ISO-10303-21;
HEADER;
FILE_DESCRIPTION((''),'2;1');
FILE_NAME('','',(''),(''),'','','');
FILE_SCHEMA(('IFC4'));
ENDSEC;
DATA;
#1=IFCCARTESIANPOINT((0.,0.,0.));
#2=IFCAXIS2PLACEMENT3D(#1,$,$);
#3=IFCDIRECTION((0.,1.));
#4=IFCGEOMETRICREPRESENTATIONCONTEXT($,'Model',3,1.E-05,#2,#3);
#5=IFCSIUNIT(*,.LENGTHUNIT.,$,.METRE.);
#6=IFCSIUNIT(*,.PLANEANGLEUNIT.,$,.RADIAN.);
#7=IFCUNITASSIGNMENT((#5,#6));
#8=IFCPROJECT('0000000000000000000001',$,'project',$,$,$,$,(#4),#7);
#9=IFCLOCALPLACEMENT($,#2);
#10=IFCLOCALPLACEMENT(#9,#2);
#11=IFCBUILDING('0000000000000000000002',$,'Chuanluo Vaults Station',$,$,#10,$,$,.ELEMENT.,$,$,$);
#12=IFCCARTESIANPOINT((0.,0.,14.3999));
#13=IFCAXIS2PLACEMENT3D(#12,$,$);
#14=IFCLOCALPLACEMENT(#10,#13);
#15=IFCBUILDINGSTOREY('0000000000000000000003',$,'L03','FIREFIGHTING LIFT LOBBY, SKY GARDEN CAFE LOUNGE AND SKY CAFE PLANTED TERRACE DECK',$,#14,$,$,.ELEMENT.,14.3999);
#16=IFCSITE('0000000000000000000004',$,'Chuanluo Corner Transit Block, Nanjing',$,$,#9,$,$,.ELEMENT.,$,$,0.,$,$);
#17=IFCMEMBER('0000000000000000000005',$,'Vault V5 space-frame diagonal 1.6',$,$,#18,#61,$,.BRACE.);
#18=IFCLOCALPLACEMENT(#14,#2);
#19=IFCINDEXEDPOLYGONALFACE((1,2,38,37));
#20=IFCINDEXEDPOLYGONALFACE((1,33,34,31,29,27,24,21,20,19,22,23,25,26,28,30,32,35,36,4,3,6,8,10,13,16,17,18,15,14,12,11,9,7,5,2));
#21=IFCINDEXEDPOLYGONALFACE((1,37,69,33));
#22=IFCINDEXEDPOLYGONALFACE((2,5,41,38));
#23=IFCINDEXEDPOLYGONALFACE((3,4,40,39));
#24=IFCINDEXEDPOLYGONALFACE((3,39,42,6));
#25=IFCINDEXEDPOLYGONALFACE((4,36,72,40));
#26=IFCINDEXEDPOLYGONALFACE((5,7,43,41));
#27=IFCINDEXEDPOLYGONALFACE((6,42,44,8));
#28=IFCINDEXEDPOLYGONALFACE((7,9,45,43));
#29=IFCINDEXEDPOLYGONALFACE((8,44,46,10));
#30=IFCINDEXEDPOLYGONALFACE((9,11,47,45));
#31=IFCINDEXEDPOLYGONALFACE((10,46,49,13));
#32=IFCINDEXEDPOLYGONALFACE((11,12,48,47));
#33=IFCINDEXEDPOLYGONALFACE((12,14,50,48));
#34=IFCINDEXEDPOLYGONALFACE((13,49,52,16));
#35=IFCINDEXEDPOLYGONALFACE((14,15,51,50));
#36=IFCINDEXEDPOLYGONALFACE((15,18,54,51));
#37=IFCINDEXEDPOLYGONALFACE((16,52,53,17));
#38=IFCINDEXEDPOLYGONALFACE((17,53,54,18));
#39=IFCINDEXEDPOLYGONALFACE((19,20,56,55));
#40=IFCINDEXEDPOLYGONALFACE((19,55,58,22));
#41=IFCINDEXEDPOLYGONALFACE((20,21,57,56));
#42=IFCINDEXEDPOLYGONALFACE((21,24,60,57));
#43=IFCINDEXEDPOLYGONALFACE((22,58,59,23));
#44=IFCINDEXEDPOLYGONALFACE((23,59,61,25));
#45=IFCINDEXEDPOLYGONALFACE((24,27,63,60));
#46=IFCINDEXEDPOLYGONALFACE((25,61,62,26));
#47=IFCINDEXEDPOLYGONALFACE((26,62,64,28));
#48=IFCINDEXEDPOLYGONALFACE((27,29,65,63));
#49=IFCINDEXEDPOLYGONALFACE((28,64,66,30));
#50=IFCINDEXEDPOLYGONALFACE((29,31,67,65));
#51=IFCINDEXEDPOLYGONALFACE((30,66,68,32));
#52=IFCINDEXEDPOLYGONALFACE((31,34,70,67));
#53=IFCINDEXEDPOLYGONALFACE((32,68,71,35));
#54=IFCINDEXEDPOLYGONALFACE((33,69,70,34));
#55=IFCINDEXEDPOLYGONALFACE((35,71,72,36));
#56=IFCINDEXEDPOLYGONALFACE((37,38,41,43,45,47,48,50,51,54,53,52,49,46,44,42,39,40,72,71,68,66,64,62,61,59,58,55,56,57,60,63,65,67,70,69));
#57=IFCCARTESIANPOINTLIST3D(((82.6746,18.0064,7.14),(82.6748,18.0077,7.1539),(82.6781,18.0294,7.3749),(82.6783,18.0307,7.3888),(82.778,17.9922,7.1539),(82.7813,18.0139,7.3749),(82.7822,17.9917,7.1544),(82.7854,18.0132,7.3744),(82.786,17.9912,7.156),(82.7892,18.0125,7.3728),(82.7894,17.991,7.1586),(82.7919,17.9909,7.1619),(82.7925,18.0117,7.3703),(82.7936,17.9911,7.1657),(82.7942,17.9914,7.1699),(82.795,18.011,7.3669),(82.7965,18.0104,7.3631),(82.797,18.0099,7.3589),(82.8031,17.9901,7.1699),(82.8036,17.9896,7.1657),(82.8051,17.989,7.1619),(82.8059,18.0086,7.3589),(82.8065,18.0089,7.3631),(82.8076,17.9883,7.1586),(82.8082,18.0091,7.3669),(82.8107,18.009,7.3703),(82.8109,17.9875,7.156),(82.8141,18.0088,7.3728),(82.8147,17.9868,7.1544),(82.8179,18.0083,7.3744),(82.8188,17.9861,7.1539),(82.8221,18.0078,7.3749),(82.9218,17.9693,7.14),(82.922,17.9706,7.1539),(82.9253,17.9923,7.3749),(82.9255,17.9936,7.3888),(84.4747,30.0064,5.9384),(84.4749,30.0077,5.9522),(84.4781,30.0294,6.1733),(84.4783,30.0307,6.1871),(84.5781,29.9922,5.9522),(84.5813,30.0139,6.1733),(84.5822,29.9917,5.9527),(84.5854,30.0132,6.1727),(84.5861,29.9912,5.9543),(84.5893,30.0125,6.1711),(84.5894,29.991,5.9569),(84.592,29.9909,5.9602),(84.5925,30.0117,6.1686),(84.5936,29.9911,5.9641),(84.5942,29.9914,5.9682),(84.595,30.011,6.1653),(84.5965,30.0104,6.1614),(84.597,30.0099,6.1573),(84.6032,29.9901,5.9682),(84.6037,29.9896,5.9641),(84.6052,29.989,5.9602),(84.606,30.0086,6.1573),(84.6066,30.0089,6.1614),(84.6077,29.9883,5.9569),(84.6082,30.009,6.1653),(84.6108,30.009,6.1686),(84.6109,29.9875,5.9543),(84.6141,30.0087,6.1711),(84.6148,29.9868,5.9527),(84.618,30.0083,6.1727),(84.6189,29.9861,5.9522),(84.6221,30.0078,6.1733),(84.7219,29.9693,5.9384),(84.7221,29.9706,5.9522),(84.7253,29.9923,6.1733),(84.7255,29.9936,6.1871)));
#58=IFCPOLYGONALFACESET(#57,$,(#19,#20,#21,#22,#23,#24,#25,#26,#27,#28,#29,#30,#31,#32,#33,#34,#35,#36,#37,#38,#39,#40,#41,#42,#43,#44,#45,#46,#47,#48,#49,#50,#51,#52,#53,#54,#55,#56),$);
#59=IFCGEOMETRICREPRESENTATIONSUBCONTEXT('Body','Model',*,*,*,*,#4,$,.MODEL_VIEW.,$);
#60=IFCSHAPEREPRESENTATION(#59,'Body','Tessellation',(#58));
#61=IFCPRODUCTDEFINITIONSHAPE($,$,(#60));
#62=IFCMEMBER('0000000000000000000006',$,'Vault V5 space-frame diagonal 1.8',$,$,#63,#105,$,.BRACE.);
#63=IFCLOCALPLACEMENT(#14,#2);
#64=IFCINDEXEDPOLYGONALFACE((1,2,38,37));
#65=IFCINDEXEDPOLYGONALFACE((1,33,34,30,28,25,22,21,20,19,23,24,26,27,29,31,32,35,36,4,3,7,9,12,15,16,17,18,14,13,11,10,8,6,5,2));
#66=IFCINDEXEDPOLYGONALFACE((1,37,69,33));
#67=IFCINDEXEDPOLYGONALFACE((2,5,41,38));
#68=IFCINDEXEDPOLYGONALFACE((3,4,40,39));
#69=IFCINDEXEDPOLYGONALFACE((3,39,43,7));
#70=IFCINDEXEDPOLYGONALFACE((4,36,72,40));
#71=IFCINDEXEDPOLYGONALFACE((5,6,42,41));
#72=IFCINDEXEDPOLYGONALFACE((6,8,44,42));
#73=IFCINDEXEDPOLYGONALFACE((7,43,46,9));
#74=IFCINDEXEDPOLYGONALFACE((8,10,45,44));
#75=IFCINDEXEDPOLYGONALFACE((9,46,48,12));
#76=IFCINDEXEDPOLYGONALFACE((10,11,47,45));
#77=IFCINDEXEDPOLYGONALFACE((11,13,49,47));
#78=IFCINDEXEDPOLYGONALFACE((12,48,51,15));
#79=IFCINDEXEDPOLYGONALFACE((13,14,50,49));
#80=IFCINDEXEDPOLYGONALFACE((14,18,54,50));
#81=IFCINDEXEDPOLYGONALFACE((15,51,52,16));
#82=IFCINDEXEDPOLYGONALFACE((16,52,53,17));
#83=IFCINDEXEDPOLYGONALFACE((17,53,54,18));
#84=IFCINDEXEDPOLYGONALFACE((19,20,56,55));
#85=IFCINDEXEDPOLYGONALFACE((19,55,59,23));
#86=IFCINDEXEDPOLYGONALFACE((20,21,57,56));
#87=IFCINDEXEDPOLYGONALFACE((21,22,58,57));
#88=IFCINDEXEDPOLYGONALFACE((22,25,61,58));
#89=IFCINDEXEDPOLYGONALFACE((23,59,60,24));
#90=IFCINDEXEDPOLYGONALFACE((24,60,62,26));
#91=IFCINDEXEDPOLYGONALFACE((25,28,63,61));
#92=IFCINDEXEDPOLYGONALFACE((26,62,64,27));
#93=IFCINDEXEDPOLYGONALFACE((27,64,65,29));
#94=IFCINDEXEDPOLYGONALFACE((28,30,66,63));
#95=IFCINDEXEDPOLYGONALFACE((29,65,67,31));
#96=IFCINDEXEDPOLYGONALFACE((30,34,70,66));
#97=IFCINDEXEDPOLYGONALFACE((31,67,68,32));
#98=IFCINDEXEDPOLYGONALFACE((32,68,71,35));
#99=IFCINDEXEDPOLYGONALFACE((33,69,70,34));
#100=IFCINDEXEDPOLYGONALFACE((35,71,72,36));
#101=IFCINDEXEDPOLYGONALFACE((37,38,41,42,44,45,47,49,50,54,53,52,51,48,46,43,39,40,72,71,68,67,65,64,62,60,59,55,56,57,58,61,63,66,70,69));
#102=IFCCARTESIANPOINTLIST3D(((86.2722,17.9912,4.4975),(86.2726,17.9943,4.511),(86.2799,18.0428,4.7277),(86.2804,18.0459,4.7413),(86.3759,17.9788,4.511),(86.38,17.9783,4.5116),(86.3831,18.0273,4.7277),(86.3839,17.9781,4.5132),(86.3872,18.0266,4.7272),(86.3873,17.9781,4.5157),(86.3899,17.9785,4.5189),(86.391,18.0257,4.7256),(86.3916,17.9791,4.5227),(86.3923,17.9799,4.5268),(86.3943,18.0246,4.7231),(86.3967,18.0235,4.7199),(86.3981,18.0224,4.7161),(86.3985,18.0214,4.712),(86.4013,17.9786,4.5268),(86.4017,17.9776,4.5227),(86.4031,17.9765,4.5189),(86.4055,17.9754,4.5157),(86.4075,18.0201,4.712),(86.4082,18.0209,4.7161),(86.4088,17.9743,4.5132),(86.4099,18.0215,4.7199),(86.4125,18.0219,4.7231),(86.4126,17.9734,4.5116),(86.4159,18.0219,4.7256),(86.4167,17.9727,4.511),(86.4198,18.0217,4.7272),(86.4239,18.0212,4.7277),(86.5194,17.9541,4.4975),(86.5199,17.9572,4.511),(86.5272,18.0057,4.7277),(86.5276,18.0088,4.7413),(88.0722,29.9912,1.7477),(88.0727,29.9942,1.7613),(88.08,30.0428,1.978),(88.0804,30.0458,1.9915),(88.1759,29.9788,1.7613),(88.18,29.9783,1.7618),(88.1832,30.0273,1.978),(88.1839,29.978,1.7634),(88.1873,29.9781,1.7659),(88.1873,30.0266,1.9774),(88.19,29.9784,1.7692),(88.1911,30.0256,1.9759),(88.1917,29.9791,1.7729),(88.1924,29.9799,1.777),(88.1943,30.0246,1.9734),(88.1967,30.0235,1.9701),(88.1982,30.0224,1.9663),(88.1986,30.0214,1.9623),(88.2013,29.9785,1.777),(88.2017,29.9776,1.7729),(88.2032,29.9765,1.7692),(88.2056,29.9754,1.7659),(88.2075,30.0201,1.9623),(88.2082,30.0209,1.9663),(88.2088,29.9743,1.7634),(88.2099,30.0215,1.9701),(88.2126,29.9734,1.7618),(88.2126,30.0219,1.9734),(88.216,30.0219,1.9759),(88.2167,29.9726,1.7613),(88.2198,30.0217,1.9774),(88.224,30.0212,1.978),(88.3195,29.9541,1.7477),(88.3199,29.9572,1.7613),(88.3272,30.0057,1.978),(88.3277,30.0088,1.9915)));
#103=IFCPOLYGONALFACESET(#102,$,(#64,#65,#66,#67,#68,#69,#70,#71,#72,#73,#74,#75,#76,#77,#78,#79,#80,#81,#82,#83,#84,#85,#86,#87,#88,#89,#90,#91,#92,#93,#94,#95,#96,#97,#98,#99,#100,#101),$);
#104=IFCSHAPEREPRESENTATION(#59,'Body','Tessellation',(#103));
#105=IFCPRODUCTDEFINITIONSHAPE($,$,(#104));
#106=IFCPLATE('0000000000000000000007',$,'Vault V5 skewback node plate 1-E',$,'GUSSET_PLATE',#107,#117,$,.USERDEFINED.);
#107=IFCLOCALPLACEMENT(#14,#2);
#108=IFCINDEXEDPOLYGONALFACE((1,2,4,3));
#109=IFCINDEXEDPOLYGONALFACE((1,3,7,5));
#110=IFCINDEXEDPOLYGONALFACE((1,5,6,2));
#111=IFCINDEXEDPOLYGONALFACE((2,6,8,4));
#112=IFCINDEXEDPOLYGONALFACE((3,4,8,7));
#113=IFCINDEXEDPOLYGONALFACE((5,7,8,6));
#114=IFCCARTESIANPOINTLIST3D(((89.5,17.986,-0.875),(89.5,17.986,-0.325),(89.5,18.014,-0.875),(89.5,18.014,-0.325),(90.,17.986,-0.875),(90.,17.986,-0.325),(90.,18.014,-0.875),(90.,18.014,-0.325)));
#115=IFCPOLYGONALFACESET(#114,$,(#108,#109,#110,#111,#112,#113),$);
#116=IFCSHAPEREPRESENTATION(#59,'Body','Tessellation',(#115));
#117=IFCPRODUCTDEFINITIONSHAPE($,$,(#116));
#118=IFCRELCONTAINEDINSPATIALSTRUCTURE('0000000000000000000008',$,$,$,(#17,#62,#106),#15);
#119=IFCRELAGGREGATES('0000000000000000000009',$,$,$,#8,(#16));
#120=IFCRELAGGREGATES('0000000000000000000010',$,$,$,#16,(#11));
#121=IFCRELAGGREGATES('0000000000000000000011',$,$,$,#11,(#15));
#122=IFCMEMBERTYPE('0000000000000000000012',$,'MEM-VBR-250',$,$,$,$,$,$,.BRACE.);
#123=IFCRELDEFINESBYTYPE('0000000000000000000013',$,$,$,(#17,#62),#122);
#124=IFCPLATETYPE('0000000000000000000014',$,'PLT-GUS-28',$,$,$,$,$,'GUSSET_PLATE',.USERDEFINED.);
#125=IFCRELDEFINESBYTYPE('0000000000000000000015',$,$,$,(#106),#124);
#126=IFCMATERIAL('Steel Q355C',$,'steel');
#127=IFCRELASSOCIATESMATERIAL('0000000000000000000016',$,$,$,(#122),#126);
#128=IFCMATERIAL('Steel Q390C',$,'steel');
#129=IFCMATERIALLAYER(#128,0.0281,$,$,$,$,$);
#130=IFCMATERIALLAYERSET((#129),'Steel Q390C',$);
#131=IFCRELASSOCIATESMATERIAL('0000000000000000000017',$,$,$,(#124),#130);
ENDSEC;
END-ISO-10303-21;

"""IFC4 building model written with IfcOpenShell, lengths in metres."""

from ifc_helpers import new_model, si_unit, direction, frame, origin, origin_2d, place, context, subcontext, project, spatial, rectangle, i_section, extrude, material, layer, layer_set, material_profile, profile_set, type_object, element, save


model = new_model("IFC4")

# Units and contexts
model_context = context("Model", 3, precision=1e-05, world=origin(), true_north=direction((0.0, 1.0)))
body_context = subcontext(model_context, "Body", "Model", "MODEL_VIEW")
ifc_project = project(units=[si_unit("LENGTHUNIT", "METRE"), si_unit("PLANEANGLEUNIT", "RADIAN")], contexts=[model_context])

# Site, building, storey
site_placement = place(None, origin())
site = spatial("IfcSite", under=ifc_project, at=site_placement, Name="Chuanluo Corner Transit Block, Nanjing", CompositionType="ELEMENT", RefElevation=0.0)
building_placement = place(site_placement, origin())
building = spatial("IfcBuilding", under=site, at=building_placement, Name="Chuanluo Vaults Station", CompositionType="ELEMENT")
storey_placement = place(building_placement, frame((0.0, 0.0, 14.3999)))
storey = spatial("IfcBuildingStorey", under=building, at=storey_placement, Name="L03", Description="FIREFIGHTING LIFT LOBBY, SKY GARDEN CAFE LOUNGE AND SKY CAFE PLANTED TERRACE DECK", CompositionType="ELEMENT", Elevation=14.3999)

# Members
ifc_material_1 = material(Name="Steel Q355C", Category="steel")
ifc_material_profile_1 = material_profile(ifc_material_1, i_section(OverallWidth=0.25, OverallDepth=0.25, WebThickness=0.009, FlangeThickness=0.0139, FilletRadius=0.0161, at=origin_2d()))
ifc_profile_set_1 = profile_set([ifc_material_profile_1], Name="Steel Q355C")
member_type_1 = type_object("IfcMemberType", Name="MEM-VBR-250", PredefinedType="BRACE", material=ifc_profile_set_1)
member_1_placement = place(storey_placement, frame((82.8, 18.0, 7.2644), z_axis=(0.147622, 0.984122, -0.098548), x_axis=(-0.988936, 0.148344, 0.0)))
element("IfcMember", 1, at=member_1_placement, inside=storey, type_object=member_type_1, Name="Vault V5 space-frame diagonal 1.6", PredefinedType="BRACE", context=body_context, shape_type="SweptSolid", body=[
    extrude(i_section(OverallWidth=0.25, OverallDepth=0.25, WebThickness=0.009, FlangeThickness=0.0139, FilletRadius=0.0161, at=origin_2d()), origin(), (0.0, 0.0, 1.0), 12.1936),
])
member_2_placement = place(storey_placement, frame((86.3999, 18.0, 4.6194), z_axis=(0.144676, 0.964481, -0.221007), x_axis=(-0.988936, 0.148344, 0.0)))
element("IfcMember", 2, at=member_2_placement, inside=storey, type_object=member_type_1, Name="Vault V5 space-frame diagonal 1.8", PredefinedType="BRACE", context=body_context, shape_type="SweptSolid", body=[
    extrude(i_section(OverallWidth=0.25, OverallDepth=0.25, WebThickness=0.009, FlangeThickness=0.0139, FilletRadius=0.0161, at=origin_2d()), origin(), (0.0, 0.0, 1.0), 12.4419),
])

# Plate
ifc_material_2 = material(Name="Steel Q390C", Category="steel")
ifc_layer = layer(ifc_material_2, 0.0281)
ifc_layer_set = layer_set([ifc_layer], Name="Steel Q390C")
plate_type = type_object("IfcPlateType", Name="PLT-GUS-28", ElementType="GUSSET_PLATE", PredefinedType="USERDEFINED", material=ifc_layer_set)
plate_placement = place(storey_placement, frame((89.75, 18.0, -0.875), z_axis=(0.0, 0.0, 1.0), x_axis=(1.0, 0.0, 0.0)))
element("IfcPlate", 3, at=plate_placement, inside=storey, type_object=plate_type, Name="Vault V5 skewback node plate 1-E", ObjectType="GUSSET_PLATE", PredefinedType="USERDEFINED", context=body_context, shape_type="SweptSolid", body=[
    extrude(rectangle(XDim=0.5, YDim=0.0281, at=origin_2d()), origin(), (0.0, 0.0, 1.0), 0.55),
])

save(model, "model.ifc")
